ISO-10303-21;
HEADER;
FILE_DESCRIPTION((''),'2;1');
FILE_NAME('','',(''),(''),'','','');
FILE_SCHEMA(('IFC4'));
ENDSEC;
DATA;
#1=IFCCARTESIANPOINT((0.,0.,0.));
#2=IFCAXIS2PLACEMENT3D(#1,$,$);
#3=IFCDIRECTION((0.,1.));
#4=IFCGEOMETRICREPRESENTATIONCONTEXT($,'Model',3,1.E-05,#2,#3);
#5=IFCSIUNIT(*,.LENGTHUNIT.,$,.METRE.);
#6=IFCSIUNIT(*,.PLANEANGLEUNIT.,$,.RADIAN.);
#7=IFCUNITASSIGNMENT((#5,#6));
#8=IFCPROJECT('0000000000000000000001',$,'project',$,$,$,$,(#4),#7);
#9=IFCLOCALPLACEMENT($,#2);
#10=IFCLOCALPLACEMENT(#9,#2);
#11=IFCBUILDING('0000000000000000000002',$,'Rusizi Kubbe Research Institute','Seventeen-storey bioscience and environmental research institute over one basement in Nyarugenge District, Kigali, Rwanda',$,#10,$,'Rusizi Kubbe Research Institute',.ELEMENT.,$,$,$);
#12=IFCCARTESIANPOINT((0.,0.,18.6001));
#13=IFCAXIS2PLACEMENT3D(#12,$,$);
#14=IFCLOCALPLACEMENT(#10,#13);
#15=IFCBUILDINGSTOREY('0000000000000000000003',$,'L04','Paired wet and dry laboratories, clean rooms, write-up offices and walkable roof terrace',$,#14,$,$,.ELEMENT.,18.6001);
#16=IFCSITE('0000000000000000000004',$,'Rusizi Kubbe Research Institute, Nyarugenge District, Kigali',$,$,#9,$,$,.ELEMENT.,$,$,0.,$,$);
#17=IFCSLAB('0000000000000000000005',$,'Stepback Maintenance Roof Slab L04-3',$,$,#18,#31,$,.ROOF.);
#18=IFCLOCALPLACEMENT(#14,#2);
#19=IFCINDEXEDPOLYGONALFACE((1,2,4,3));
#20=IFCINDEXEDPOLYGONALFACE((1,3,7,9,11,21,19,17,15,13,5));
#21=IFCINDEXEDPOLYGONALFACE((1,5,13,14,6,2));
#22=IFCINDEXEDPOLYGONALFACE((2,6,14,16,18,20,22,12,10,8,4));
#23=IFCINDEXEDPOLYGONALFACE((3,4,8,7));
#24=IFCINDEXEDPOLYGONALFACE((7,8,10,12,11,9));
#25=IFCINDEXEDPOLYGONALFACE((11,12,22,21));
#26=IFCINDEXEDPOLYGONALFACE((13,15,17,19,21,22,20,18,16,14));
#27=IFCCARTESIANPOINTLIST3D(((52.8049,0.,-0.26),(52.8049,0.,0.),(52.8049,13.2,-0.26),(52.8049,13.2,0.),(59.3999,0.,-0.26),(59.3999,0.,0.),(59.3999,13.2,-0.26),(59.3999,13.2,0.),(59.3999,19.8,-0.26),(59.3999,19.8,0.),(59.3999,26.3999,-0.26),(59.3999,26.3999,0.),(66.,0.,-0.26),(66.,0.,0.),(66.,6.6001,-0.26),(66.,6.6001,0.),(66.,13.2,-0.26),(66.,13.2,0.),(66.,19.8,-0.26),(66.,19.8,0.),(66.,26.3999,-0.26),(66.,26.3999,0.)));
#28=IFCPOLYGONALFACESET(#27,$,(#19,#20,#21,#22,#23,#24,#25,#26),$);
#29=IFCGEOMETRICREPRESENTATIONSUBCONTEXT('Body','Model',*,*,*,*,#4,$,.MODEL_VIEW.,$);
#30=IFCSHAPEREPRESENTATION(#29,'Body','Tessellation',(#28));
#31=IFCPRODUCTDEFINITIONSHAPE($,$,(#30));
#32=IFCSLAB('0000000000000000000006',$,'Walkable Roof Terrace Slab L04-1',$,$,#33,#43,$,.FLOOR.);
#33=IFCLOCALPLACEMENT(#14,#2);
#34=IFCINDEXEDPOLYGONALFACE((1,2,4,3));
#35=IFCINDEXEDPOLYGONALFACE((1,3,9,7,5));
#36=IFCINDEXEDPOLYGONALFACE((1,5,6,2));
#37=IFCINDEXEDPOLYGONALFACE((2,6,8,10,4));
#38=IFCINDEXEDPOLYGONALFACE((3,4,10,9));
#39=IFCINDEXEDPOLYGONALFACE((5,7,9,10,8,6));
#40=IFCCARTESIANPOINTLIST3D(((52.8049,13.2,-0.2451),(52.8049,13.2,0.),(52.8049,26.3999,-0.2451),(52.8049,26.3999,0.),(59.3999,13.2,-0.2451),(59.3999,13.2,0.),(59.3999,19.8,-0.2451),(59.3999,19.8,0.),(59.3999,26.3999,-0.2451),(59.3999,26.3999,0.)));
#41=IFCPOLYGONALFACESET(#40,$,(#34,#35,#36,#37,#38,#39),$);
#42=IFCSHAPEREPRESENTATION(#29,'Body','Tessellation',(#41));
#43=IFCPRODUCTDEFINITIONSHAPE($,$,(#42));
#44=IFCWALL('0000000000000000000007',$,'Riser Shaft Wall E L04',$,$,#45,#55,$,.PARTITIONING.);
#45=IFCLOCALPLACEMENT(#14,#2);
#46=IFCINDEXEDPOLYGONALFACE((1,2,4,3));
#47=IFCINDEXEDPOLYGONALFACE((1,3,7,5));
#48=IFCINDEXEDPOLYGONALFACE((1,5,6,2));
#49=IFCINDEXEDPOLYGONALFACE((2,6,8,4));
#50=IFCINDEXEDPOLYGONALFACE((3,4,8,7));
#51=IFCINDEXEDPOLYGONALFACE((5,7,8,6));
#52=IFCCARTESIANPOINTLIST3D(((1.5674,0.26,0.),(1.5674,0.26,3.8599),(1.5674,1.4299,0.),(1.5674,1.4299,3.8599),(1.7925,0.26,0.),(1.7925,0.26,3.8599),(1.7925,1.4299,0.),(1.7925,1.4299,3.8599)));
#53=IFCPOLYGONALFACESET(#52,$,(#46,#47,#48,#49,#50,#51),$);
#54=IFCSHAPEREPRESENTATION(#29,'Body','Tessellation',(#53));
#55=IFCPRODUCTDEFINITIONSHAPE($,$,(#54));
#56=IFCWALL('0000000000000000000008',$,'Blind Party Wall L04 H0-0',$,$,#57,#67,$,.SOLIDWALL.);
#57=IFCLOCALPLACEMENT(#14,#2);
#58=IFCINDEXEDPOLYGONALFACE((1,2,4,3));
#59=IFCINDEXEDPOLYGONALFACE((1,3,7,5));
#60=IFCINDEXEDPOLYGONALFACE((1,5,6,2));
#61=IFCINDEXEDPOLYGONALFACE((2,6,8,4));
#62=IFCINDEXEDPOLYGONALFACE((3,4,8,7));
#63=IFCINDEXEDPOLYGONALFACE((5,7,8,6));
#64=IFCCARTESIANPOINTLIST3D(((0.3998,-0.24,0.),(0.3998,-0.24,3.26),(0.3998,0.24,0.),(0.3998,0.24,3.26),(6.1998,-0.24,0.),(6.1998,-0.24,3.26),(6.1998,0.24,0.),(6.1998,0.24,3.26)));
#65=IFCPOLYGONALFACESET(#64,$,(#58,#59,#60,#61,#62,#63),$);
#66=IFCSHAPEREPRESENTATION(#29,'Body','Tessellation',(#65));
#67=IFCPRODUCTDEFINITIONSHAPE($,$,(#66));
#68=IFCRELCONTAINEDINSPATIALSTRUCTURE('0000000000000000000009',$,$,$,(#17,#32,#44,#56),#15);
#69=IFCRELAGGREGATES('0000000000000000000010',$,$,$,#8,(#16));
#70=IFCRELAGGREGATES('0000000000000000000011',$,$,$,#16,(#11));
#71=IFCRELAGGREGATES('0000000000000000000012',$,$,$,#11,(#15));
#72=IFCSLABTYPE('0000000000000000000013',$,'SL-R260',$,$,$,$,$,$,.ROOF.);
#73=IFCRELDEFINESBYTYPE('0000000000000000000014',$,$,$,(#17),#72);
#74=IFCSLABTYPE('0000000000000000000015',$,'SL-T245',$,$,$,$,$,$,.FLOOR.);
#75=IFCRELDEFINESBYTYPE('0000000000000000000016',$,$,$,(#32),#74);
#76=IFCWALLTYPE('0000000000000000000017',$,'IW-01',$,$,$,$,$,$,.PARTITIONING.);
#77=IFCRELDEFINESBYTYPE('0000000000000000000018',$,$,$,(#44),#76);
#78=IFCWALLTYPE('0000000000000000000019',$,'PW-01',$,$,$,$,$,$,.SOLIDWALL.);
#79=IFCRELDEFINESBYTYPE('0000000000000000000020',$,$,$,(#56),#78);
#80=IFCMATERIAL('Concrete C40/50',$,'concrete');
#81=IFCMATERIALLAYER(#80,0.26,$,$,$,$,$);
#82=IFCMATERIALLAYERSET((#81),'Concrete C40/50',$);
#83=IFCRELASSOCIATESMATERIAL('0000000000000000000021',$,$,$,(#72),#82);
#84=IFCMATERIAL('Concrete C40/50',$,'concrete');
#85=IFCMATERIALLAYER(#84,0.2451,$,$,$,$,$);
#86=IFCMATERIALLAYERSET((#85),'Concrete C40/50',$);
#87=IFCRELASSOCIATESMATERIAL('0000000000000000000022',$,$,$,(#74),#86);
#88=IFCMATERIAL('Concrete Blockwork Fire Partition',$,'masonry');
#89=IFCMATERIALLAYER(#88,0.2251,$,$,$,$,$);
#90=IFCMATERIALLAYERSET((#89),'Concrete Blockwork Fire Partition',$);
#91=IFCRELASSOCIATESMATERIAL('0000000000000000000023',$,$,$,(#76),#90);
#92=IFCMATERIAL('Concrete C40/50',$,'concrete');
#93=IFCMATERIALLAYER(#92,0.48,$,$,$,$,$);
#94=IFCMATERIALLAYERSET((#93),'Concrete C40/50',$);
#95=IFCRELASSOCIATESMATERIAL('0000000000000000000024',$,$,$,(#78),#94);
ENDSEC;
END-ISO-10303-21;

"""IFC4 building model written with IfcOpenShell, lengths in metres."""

from ifc_helpers import new_model, si_unit, direction, frame, frame_2d, origin, place, context, subcontext, project, spatial, polyline, rectangle, outline, extrude, material, layer, layer_set, type_object, element, save


model = new_model("IFC4")

# Units and contexts
model_context = context("Model", 3, precision=1e-05, world=origin(), true_north=direction((0.0, 1.0)))
body_context = subcontext(model_context, "Body", "Model", "MODEL_VIEW")
ifc_project = project(units=[si_unit("LENGTHUNIT", "METRE"), si_unit("PLANEANGLEUNIT", "RADIAN")], contexts=[model_context])

# Site, building, storey
site_placement = place(None, origin())
site = spatial("IfcSite", under=ifc_project, at=site_placement, Name="Rusizi Kubbe Research Institute, Nyarugenge District, Kigali", CompositionType="ELEMENT", RefElevation=0.0)
building_placement = place(site_placement, origin())
building = spatial("IfcBuilding", under=site, at=building_placement, Name="Rusizi Kubbe Research Institute", Description="Seventeen-storey bioscience and environmental research institute over one basement in Nyarugenge District, Kigali, Rwanda", LongName="Rusizi Kubbe Research Institute", CompositionType="ELEMENT")
storey_placement = place(building_placement, frame((0.0, 0.0, 18.6001)))
storey = spatial("IfcBuildingStorey", under=building, at=storey_placement, Name="L04", Description="Paired wet and dry laboratories, clean rooms, write-up offices and walkable roof terrace", CompositionType="ELEMENT", Elevation=18.6001)

# Shared definitions
ifc_material_1 = material(Name="Concrete C40/50", Category="concrete")
ifc_layer_1 = layer(ifc_material_1, 0.26)
ifc_layer_set_1 = layer_set([ifc_layer_1], Name="Concrete C40/50")
slab_type_1 = type_object("IfcSlabType", Name="SL-R260", PredefinedType="ROOF", material=ifc_layer_set_1)

# Slabs
slab_1_placement = place(storey_placement, frame((0.0, 0.0, -0.26)))
element("IfcSlab", 1, at=slab_1_placement, inside=storey, type_object=slab_type_1, Name="Stepback Maintenance Roof Slab L04-3", PredefinedType="ROOF", context=body_context, shape_type="SweptSolid", body=[
    extrude(outline(polyline([(59.3999, 19.8), (59.3999, 26.3999), (66.0, 26.3999), (66.0, 19.8), (66.0, 13.2), (66.0, 6.6001), (66.0, 0.0), (59.3999, 0.0), (52.8049, 0.0), (52.8049, 13.2), (59.3999, 13.2), (59.3999, 19.8)])), origin(), (0.0, 0.0, 1.0), 0.26),
])
ifc_material_2 = material(Name="Concrete C40/50", Category="concrete")
ifc_layer_2 = layer(ifc_material_2, 0.2451)
ifc_layer_set_2 = layer_set([ifc_layer_2], Name="Concrete C40/50")
slab_type_2 = type_object("IfcSlabType", Name="SL-T245", PredefinedType="FLOOR", material=ifc_layer_set_2)
slab_2_placement = place(storey_placement, frame((0.0, 0.0, -0.2451)))
element("IfcSlab", 2, at=slab_2_placement, inside=storey, type_object=slab_type_2, Name="Walkable Roof Terrace Slab L04-1", PredefinedType="FLOOR", context=body_context, shape_type="SweptSolid", body=[
    extrude(outline(polyline([(52.8049, 13.2), (52.8049, 26.3999), (59.3999, 26.3999), (59.3999, 19.8), (59.3999, 13.2), (52.8049, 13.2)])), origin(), (0.0, 0.0, 1.0), 0.2451),
])

# Walls
ifc_material_3 = material(Name="Concrete Blockwork Fire Partition", Category="masonry")
ifc_layer_3 = layer(ifc_material_3, 0.2251)
ifc_layer_set_3 = layer_set([ifc_layer_3], Name="Concrete Blockwork Fire Partition")
wall_type_1 = type_object("IfcWallType", Name="IW-01", PredefinedType="PARTITIONING", material=ifc_layer_set_3)
wall_1_placement = place(storey_placement, frame((1.6799, 0.26, 0.0), z_axis=(0.0, 0.0, 1.0), x_axis=(0.0, 1.0, 0.0)))
element("IfcWall", 3, at=wall_1_placement, inside=storey, type_object=wall_type_1, Name="Riser Shaft Wall E L04", PredefinedType="PARTITIONING", context=body_context, shape_type="SweptSolid", body=[
    extrude(rectangle(XDim=1.1699, YDim=0.2251, at=frame_2d((0.585, 0.0))), origin(), (0.0, 0.0, 1.0), 3.8599),
])
ifc_material_4 = material(Name="Concrete C40/50", Category="concrete")
ifc_layer_4 = layer(ifc_material_4, 0.48)
ifc_layer_set_4 = layer_set([ifc_layer_4], Name="Concrete C40/50")
wall_type_2 = type_object("IfcWallType", Name="PW-01", PredefinedType="SOLIDWALL", material=ifc_layer_set_4)
wall_2_placement = place(storey_placement, frame((0.3999, 0.0, 0.0), z_axis=(0.0, 0.0, 1.0), x_axis=(1.0, 0.0, 0.0)))
element("IfcWall", 4, at=wall_2_placement, inside=storey, type_object=wall_type_2, Name="Blind Party Wall L04 H0-0", PredefinedType="SOLIDWALL", context=body_context, shape_type="SweptSolid", body=[
    extrude(rectangle(XDim=5.8, YDim=0.48, at=frame_2d((2.8999, 0.0))), origin(), (0.0, 0.0, 1.0), 3.26),
])

save(model, "model.ifc")
